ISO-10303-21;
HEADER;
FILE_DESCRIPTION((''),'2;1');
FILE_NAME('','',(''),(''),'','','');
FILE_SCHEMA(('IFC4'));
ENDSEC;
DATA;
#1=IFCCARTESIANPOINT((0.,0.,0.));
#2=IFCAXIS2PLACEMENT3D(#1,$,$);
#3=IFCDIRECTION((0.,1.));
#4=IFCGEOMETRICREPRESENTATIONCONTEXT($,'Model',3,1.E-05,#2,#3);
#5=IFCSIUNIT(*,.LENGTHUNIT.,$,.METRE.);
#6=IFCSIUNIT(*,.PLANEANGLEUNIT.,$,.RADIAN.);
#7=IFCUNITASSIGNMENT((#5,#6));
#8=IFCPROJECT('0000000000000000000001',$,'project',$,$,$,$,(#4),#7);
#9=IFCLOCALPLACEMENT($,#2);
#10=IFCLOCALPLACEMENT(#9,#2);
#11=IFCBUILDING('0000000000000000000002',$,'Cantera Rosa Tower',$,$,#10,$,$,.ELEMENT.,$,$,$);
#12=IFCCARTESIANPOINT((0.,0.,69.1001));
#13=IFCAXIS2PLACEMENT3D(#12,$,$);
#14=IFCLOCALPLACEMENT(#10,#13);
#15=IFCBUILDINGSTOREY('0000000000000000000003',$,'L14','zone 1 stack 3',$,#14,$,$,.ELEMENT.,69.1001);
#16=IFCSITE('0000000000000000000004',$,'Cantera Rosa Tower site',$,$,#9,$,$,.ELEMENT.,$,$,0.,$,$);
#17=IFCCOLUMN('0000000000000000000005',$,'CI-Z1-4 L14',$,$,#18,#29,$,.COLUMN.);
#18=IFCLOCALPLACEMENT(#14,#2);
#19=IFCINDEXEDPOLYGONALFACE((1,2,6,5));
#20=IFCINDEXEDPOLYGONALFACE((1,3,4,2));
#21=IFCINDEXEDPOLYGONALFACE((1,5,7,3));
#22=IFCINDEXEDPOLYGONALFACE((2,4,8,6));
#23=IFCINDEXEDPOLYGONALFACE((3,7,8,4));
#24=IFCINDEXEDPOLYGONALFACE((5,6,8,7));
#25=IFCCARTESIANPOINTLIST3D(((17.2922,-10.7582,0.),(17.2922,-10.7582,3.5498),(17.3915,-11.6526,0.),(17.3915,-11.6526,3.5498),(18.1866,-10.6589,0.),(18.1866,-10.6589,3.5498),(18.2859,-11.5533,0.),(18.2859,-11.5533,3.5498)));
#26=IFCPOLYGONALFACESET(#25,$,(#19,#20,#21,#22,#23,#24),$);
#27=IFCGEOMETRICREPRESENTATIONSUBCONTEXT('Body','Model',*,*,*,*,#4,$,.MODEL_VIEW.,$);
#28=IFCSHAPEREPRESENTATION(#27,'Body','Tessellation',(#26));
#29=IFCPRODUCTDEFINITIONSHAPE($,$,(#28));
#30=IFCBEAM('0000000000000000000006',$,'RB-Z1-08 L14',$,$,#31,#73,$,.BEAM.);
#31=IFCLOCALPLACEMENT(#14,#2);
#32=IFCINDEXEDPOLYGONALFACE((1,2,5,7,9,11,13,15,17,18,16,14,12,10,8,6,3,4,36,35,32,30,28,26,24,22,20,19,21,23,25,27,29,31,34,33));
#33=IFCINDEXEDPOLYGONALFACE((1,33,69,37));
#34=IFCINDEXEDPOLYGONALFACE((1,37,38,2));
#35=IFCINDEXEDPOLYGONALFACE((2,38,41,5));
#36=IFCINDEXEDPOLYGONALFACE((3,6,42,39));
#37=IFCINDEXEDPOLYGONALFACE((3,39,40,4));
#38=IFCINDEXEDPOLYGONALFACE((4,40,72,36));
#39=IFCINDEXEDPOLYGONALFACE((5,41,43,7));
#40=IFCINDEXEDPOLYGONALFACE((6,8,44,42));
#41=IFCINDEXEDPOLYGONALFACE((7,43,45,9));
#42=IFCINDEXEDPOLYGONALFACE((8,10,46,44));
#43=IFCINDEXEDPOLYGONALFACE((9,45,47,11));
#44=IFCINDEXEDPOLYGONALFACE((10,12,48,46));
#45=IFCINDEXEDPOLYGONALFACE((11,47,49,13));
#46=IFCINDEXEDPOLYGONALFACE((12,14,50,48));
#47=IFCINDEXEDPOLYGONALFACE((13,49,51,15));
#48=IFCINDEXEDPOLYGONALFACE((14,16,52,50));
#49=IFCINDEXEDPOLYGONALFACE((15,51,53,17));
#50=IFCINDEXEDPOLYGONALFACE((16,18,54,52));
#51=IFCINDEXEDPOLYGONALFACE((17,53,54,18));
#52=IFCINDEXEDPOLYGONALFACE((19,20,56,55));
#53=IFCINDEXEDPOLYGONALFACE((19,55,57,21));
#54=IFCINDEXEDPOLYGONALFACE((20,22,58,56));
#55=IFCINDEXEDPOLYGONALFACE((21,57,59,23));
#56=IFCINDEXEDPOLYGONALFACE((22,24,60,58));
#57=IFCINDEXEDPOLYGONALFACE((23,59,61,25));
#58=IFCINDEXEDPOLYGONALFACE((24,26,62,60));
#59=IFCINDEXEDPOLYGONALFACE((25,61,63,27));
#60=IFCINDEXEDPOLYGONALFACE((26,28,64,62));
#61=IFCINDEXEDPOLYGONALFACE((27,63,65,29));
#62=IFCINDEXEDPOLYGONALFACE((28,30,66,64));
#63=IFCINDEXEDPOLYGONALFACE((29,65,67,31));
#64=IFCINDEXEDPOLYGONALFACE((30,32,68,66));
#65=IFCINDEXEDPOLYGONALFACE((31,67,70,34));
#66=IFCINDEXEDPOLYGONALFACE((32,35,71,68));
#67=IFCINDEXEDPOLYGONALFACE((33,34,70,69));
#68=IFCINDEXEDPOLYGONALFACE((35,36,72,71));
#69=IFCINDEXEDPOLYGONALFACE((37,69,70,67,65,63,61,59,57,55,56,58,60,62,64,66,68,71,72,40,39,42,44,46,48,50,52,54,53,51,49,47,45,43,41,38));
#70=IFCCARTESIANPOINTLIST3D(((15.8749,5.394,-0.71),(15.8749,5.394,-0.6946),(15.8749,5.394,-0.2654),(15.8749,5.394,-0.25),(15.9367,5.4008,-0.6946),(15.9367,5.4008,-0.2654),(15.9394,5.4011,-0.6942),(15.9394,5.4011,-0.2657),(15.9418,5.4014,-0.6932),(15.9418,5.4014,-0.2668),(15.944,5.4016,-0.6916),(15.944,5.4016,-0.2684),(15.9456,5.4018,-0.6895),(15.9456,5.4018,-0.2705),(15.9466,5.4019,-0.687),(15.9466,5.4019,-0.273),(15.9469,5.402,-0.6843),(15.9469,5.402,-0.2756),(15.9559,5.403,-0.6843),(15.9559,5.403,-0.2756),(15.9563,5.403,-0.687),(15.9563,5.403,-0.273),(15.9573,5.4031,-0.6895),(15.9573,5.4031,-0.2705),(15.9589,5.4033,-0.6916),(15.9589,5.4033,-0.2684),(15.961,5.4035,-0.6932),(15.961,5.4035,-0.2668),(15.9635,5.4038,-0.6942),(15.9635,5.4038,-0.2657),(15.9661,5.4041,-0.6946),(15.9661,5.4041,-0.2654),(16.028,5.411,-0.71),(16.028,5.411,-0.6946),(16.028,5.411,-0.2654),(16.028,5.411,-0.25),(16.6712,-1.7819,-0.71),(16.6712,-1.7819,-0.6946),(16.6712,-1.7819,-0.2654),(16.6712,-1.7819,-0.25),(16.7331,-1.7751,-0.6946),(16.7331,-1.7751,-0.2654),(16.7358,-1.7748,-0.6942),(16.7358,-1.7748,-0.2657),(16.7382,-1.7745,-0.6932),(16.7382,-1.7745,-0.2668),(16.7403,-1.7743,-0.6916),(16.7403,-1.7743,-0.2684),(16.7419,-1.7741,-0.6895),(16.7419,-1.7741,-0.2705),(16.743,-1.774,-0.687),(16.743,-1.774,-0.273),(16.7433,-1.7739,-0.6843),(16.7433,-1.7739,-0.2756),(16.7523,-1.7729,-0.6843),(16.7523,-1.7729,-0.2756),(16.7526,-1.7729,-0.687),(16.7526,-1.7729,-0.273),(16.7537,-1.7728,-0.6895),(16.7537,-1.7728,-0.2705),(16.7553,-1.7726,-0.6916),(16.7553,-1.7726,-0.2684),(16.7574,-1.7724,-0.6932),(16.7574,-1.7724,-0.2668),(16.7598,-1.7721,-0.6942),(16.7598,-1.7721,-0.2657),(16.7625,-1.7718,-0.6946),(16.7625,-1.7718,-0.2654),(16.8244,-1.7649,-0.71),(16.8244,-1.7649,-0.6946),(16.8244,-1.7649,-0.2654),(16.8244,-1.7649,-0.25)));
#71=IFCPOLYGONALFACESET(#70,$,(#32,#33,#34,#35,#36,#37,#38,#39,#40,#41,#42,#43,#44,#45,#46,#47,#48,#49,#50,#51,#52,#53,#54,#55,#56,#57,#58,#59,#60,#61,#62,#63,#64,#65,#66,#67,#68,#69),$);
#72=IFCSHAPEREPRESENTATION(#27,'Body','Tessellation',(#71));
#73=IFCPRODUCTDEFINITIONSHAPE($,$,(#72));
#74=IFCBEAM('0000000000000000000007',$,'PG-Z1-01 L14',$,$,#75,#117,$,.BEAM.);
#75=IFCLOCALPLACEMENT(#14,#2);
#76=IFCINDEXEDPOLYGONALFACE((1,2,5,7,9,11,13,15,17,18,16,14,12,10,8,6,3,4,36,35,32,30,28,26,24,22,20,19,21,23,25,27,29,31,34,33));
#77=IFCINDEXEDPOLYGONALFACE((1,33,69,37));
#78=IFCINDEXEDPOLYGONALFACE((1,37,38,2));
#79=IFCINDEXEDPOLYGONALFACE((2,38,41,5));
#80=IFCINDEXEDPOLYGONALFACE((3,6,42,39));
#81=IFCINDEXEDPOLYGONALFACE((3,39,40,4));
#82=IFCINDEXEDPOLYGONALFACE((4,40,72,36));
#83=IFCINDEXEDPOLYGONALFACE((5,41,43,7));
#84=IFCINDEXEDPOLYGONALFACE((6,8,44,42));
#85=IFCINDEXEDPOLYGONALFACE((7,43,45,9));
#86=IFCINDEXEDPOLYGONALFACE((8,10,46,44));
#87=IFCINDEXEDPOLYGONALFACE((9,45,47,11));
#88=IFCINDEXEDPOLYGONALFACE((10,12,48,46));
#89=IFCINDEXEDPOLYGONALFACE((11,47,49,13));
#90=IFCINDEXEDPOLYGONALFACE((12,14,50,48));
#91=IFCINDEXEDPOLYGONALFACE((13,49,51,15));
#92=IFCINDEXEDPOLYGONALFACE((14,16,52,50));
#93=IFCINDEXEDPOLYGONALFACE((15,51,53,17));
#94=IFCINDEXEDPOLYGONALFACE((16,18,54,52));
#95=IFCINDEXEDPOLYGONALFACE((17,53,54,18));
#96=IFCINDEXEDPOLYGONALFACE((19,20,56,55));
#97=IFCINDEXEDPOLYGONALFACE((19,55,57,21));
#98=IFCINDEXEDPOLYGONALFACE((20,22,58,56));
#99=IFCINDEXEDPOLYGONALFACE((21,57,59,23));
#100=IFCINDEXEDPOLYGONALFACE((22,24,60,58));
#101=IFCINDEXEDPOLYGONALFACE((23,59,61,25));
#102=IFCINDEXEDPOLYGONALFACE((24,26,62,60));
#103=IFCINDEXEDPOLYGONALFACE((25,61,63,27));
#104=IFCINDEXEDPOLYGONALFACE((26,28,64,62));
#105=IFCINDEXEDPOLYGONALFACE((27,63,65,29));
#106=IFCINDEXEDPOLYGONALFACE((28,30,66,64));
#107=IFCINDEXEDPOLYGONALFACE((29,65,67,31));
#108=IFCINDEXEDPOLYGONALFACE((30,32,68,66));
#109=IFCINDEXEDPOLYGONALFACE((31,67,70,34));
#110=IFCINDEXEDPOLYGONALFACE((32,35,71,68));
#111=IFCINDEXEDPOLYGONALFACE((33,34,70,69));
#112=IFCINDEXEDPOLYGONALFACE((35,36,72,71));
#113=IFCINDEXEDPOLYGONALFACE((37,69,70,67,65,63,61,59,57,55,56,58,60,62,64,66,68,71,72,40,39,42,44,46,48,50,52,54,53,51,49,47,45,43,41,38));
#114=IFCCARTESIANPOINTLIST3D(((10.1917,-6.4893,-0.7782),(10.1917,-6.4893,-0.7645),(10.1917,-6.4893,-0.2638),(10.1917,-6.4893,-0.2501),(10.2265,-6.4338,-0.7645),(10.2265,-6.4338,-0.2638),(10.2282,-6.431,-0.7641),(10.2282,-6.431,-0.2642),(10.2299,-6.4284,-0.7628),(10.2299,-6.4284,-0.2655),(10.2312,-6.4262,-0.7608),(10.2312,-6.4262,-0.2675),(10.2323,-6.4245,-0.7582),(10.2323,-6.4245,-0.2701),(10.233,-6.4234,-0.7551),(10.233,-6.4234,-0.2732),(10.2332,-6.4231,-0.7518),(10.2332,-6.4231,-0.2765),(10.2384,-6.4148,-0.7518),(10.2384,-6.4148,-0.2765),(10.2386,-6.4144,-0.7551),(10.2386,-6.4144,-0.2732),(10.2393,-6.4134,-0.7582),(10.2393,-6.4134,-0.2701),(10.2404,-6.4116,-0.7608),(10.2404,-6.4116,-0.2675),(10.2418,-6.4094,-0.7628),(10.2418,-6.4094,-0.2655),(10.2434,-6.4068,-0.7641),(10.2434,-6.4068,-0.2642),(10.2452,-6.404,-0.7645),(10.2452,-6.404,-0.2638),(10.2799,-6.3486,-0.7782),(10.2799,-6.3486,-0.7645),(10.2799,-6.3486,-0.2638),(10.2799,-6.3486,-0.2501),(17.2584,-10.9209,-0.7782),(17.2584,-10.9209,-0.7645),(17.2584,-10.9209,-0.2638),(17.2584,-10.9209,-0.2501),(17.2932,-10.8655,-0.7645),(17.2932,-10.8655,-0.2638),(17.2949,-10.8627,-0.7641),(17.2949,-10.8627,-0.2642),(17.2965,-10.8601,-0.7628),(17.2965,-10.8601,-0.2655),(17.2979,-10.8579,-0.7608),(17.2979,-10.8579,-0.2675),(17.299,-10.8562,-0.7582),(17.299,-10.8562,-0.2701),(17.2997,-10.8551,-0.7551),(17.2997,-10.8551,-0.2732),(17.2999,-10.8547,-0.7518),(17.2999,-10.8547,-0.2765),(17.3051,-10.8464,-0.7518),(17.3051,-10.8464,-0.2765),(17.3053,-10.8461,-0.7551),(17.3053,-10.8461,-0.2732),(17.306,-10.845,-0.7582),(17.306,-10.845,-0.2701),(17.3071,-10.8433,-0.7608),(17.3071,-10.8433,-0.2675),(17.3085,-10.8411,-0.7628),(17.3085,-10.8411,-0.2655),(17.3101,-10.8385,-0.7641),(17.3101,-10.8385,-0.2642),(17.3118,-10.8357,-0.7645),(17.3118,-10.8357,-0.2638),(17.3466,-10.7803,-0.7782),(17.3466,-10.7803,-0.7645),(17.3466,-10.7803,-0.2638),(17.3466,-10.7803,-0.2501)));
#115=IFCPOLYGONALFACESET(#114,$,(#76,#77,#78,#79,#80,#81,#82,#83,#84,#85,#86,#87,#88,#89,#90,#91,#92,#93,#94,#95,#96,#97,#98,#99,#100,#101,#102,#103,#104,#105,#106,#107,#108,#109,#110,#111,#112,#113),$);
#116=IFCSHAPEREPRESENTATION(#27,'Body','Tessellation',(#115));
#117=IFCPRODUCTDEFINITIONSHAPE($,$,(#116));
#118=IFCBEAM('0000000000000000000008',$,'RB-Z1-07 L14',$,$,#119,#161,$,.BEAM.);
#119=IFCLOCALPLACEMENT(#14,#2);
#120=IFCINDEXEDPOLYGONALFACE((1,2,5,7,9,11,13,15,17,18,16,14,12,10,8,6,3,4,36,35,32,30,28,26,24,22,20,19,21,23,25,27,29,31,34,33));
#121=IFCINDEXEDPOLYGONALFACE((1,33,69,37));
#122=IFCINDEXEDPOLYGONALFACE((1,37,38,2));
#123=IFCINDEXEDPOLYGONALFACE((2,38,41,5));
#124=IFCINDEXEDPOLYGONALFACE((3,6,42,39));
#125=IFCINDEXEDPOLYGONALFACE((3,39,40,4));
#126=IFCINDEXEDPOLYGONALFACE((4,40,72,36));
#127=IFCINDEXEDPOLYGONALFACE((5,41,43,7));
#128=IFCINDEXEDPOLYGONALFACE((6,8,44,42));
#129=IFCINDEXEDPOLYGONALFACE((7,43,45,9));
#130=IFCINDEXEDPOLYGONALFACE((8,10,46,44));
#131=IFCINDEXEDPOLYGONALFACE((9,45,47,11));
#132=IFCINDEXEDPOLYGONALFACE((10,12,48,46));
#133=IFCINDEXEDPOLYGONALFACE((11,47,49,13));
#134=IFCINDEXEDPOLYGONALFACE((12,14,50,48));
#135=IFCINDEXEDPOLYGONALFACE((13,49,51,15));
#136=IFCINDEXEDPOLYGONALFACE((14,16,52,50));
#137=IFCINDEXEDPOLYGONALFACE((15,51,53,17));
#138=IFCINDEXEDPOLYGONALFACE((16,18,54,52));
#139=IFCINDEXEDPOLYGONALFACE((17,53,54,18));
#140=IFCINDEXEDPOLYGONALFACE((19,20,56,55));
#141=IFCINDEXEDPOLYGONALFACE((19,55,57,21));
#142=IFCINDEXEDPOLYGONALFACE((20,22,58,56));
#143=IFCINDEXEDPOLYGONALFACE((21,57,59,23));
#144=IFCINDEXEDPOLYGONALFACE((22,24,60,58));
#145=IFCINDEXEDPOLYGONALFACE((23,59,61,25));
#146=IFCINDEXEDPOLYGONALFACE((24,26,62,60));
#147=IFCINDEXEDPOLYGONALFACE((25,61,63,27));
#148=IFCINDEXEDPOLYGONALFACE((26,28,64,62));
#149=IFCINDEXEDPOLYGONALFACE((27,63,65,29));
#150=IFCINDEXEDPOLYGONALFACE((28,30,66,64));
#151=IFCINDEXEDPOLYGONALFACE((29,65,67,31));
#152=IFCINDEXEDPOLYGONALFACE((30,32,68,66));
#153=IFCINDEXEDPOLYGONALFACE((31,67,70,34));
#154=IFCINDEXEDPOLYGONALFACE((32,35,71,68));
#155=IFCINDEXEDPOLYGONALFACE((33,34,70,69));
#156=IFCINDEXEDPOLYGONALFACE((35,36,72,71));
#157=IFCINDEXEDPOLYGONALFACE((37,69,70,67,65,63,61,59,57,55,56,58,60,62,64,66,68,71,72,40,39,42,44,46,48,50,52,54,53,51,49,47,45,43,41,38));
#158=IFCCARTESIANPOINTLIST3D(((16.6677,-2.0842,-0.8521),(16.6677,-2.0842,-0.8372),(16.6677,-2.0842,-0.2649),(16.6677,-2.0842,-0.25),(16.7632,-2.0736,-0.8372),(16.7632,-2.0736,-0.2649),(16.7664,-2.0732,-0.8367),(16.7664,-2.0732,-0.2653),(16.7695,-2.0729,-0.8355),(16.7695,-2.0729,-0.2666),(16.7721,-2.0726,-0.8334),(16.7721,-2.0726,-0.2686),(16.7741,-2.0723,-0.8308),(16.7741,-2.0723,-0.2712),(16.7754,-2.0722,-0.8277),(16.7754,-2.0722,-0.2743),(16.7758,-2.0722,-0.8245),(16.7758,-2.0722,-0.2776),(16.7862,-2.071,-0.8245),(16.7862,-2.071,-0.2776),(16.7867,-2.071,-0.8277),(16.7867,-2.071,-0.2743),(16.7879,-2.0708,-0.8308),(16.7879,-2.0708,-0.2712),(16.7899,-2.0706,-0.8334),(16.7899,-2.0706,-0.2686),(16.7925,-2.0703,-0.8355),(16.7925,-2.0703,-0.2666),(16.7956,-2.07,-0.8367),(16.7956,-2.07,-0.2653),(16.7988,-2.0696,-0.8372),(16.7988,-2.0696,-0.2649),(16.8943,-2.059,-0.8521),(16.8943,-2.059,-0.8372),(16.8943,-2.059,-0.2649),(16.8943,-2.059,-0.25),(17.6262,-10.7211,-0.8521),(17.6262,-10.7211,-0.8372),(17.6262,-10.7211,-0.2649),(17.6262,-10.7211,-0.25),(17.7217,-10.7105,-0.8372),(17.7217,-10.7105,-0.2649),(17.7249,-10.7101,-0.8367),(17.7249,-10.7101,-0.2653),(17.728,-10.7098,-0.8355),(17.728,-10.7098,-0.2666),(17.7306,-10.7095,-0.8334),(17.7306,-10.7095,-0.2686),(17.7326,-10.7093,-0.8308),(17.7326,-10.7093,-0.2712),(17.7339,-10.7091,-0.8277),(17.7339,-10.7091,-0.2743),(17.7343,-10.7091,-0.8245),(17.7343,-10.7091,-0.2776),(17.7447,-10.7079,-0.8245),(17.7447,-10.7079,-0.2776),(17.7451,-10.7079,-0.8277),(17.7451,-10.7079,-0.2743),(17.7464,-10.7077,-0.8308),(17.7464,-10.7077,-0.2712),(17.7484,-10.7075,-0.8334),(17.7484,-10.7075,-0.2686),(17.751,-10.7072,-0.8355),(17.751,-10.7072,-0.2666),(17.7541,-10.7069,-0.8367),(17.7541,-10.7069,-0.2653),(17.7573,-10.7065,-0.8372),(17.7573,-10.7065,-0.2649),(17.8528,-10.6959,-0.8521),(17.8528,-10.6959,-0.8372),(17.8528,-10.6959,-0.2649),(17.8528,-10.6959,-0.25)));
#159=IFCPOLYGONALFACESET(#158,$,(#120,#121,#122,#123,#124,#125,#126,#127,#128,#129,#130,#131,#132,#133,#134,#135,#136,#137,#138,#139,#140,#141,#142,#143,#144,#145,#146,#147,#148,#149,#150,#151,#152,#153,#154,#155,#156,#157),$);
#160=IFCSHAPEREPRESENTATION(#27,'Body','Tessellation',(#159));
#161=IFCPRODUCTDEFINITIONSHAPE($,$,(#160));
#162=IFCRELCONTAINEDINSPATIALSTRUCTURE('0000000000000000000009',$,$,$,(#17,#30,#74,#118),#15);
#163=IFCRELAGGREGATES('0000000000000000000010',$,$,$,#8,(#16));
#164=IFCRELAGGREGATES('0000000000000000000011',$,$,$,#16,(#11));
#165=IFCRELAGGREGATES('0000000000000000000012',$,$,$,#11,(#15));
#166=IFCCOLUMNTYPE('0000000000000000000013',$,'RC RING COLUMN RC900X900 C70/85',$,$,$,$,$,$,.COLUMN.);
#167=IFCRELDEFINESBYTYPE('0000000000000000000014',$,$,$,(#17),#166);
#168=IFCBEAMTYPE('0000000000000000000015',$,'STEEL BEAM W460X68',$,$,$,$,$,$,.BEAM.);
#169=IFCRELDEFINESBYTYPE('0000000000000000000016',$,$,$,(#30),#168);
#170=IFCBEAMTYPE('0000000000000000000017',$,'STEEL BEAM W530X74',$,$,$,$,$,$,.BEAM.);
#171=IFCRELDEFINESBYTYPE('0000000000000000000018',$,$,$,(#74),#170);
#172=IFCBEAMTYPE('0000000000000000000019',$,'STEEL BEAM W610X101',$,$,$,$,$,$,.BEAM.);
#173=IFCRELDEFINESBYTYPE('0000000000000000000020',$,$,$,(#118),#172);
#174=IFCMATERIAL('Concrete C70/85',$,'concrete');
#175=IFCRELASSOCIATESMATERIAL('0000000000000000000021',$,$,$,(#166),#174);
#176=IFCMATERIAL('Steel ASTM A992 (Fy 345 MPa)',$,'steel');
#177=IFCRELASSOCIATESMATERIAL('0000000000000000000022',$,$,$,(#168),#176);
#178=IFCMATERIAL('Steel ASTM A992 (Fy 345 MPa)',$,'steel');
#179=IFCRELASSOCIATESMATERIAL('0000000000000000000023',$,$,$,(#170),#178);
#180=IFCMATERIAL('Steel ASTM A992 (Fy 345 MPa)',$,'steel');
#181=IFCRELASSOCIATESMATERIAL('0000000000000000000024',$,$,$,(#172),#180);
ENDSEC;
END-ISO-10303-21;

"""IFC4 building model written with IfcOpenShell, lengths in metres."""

from ifc_helpers import new_model, si_unit, direction, frame, origin, origin_2d, place, context, subcontext, project, spatial, rectangle, i_section, extrude, material, material_profile, profile_set, type_object, element, save


model = new_model("IFC4")

# Units and contexts
model_context = context("Model", 3, precision=1e-05, world=origin(), true_north=direction((0.0, 1.0)))
body_context = subcontext(model_context, "Body", "Model", "MODEL_VIEW")
ifc_project = project(units=[si_unit("LENGTHUNIT", "METRE"), si_unit("PLANEANGLEUNIT", "RADIAN")], contexts=[model_context])

# Site, building, storey
site_placement = place(None, origin())
site = spatial("IfcSite", under=ifc_project, at=site_placement, Name="Cantera Rosa Tower site", CompositionType="ELEMENT", RefElevation=0.0)
building_placement = place(site_placement, origin())
building = spatial("IfcBuilding", under=site, at=building_placement, Name="Cantera Rosa Tower", CompositionType="ELEMENT")
storey_placement = place(building_placement, frame((0.0, 0.0, 69.1001)))
storey = spatial("IfcBuildingStorey", under=building, at=storey_placement, Name="L14", Description="zone 1 stack 3", CompositionType="ELEMENT", Elevation=69.1001)

# Column
ifc_material_1 = material(Name="Concrete C70/85", Category="concrete")
ifc_material_profile_1 = material_profile(ifc_material_1, rectangle(XDim=0.8999, YDim=0.8999, at=origin_2d()), Name="RC RING COLUMN RC900X900 C70/85")
ifc_profile_set_1 = profile_set([ifc_material_profile_1], Name="Concrete C70/85")
column_type = type_object("IfcColumnType", Name="RC RING COLUMN RC900X900 C70/85", PredefinedType="COLUMN", material=ifc_profile_set_1)
column_placement = place(storey_placement, frame((17.7891, -11.1558, 0.0), z_axis=(0.0, 0.0, 1.0), x_axis=(0.993897, 0.110313, 0.0)))
element("IfcColumn", 1, at=column_placement, inside=storey, type_object=column_type, Name="CI-Z1-4 L14", PredefinedType="COLUMN", context=body_context, shape_type="SweptSolid", body=[
    extrude(rectangle(XDim=0.8999, YDim=0.8999, at=origin_2d()), origin(), (0.0, 0.0, 1.0), 3.5498),
])

# Beams
ifc_material_2 = material(Name="Steel ASTM A992 (Fy 345 MPa)", Category="steel")
ifc_material_profile_2 = material_profile(ifc_material_2, i_section(OverallWidth=0.1541, OverallDepth=0.46, WebThickness=0.009, FlangeThickness=0.0154, FilletRadius=0.0103, at=origin_2d()), Name="W460X68")
ifc_profile_set_2 = profile_set([ifc_material_profile_2], Name="Steel ASTM A992 (Fy 345 MPa)")
beam_type_1 = type_object("IfcBeamType", Name="STEEL BEAM W460X68", PredefinedType="BEAM", material=ifc_profile_set_2)
beam_1_placement = place(storey_placement, frame((16.7478, -1.7734, -0.48), z_axis=(-0.110302, 0.993898, 0.0), x_axis=(-0.993898, -0.110302, 0.0)))
element("IfcBeam", 2, at=beam_1_placement, inside=storey, type_object=beam_type_1, Name="RB-Z1-08 L14", PredefinedType="BEAM", context=body_context, shape_type="SweptSolid", body=[
    extrude(i_section(OverallWidth=0.1541, OverallDepth=0.46, WebThickness=0.009, FlangeThickness=0.0154, FilletRadius=0.0103, at=origin_2d()), origin(), (0.0, 0.0, 1.0), 7.22),
])
ifc_material_3 = material(Name="Steel ASTM A992 (Fy 345 MPa)", Category="steel")
ifc_material_profile_3 = material_profile(ifc_material_3, i_section(OverallWidth=0.166, OverallDepth=0.5281, WebThickness=0.0098, FlangeThickness=0.0137, FilletRadius=0.0127, at=origin_2d()), Name="W530X74")
ifc_profile_set_3 = profile_set([ifc_material_profile_3], Name="Steel ASTM A992 (Fy 345 MPa)")
beam_type_2 = type_object("IfcBeamType", Name="STEEL BEAM W530X74", PredefinedType="BEAM", material=ifc_profile_set_3)
beam_2_placement = place(storey_placement, frame((17.3025, -10.8506, -0.5142), z_axis=(-0.84719, 0.53129, 0.0), x_axis=(-0.53129, -0.84719, 0.0)))
element("IfcBeam", 3, at=beam_2_placement, inside=storey, type_object=beam_type_2, Name="PG-Z1-01 L14", PredefinedType="BEAM", context=body_context, shape_type="SweptSolid", body=[
    extrude(i_section(OverallWidth=0.166, OverallDepth=0.5281, WebThickness=0.0098, FlangeThickness=0.0137, FilletRadius=0.0127, at=origin_2d()), origin(), (0.0, 0.0, 1.0), 8.3413),
])
ifc_material_4 = material(Name="Steel ASTM A992 (Fy 345 MPa)", Category="steel")
ifc_material_profile_4 = material_profile(ifc_material_4, i_section(OverallWidth=0.228, OverallDepth=0.6021, WebThickness=0.0105, FlangeThickness=0.0149, FilletRadius=0.0127, at=origin_2d()), Name="W610X101")
ifc_profile_set_4 = profile_set([ifc_material_profile_4], Name="Steel ASTM A992 (Fy 345 MPa)")
beam_type_3 = type_object("IfcBeamType", Name="STEEL BEAM W610X101", PredefinedType="BEAM", material=ifc_profile_set_4)
beam_3_placement = place(storey_placement, frame((17.7395, -10.7085, -0.551), z_axis=(-0.110299, 0.993898, 0.0), x_axis=(-0.993898, -0.110299, 0.0)))
element("IfcBeam", 4, at=beam_3_placement, inside=storey, type_object=beam_type_3, Name="RB-Z1-07 L14", PredefinedType="BEAM", context=body_context, shape_type="SweptSolid", body=[
    extrude(i_section(OverallWidth=0.228, OverallDepth=0.6021, WebThickness=0.0105, FlangeThickness=0.0149, FilletRadius=0.0127, at=origin_2d()), origin(), (0.0, 0.0, 1.0), 8.6899),
])

save(model, "model.ifc")
